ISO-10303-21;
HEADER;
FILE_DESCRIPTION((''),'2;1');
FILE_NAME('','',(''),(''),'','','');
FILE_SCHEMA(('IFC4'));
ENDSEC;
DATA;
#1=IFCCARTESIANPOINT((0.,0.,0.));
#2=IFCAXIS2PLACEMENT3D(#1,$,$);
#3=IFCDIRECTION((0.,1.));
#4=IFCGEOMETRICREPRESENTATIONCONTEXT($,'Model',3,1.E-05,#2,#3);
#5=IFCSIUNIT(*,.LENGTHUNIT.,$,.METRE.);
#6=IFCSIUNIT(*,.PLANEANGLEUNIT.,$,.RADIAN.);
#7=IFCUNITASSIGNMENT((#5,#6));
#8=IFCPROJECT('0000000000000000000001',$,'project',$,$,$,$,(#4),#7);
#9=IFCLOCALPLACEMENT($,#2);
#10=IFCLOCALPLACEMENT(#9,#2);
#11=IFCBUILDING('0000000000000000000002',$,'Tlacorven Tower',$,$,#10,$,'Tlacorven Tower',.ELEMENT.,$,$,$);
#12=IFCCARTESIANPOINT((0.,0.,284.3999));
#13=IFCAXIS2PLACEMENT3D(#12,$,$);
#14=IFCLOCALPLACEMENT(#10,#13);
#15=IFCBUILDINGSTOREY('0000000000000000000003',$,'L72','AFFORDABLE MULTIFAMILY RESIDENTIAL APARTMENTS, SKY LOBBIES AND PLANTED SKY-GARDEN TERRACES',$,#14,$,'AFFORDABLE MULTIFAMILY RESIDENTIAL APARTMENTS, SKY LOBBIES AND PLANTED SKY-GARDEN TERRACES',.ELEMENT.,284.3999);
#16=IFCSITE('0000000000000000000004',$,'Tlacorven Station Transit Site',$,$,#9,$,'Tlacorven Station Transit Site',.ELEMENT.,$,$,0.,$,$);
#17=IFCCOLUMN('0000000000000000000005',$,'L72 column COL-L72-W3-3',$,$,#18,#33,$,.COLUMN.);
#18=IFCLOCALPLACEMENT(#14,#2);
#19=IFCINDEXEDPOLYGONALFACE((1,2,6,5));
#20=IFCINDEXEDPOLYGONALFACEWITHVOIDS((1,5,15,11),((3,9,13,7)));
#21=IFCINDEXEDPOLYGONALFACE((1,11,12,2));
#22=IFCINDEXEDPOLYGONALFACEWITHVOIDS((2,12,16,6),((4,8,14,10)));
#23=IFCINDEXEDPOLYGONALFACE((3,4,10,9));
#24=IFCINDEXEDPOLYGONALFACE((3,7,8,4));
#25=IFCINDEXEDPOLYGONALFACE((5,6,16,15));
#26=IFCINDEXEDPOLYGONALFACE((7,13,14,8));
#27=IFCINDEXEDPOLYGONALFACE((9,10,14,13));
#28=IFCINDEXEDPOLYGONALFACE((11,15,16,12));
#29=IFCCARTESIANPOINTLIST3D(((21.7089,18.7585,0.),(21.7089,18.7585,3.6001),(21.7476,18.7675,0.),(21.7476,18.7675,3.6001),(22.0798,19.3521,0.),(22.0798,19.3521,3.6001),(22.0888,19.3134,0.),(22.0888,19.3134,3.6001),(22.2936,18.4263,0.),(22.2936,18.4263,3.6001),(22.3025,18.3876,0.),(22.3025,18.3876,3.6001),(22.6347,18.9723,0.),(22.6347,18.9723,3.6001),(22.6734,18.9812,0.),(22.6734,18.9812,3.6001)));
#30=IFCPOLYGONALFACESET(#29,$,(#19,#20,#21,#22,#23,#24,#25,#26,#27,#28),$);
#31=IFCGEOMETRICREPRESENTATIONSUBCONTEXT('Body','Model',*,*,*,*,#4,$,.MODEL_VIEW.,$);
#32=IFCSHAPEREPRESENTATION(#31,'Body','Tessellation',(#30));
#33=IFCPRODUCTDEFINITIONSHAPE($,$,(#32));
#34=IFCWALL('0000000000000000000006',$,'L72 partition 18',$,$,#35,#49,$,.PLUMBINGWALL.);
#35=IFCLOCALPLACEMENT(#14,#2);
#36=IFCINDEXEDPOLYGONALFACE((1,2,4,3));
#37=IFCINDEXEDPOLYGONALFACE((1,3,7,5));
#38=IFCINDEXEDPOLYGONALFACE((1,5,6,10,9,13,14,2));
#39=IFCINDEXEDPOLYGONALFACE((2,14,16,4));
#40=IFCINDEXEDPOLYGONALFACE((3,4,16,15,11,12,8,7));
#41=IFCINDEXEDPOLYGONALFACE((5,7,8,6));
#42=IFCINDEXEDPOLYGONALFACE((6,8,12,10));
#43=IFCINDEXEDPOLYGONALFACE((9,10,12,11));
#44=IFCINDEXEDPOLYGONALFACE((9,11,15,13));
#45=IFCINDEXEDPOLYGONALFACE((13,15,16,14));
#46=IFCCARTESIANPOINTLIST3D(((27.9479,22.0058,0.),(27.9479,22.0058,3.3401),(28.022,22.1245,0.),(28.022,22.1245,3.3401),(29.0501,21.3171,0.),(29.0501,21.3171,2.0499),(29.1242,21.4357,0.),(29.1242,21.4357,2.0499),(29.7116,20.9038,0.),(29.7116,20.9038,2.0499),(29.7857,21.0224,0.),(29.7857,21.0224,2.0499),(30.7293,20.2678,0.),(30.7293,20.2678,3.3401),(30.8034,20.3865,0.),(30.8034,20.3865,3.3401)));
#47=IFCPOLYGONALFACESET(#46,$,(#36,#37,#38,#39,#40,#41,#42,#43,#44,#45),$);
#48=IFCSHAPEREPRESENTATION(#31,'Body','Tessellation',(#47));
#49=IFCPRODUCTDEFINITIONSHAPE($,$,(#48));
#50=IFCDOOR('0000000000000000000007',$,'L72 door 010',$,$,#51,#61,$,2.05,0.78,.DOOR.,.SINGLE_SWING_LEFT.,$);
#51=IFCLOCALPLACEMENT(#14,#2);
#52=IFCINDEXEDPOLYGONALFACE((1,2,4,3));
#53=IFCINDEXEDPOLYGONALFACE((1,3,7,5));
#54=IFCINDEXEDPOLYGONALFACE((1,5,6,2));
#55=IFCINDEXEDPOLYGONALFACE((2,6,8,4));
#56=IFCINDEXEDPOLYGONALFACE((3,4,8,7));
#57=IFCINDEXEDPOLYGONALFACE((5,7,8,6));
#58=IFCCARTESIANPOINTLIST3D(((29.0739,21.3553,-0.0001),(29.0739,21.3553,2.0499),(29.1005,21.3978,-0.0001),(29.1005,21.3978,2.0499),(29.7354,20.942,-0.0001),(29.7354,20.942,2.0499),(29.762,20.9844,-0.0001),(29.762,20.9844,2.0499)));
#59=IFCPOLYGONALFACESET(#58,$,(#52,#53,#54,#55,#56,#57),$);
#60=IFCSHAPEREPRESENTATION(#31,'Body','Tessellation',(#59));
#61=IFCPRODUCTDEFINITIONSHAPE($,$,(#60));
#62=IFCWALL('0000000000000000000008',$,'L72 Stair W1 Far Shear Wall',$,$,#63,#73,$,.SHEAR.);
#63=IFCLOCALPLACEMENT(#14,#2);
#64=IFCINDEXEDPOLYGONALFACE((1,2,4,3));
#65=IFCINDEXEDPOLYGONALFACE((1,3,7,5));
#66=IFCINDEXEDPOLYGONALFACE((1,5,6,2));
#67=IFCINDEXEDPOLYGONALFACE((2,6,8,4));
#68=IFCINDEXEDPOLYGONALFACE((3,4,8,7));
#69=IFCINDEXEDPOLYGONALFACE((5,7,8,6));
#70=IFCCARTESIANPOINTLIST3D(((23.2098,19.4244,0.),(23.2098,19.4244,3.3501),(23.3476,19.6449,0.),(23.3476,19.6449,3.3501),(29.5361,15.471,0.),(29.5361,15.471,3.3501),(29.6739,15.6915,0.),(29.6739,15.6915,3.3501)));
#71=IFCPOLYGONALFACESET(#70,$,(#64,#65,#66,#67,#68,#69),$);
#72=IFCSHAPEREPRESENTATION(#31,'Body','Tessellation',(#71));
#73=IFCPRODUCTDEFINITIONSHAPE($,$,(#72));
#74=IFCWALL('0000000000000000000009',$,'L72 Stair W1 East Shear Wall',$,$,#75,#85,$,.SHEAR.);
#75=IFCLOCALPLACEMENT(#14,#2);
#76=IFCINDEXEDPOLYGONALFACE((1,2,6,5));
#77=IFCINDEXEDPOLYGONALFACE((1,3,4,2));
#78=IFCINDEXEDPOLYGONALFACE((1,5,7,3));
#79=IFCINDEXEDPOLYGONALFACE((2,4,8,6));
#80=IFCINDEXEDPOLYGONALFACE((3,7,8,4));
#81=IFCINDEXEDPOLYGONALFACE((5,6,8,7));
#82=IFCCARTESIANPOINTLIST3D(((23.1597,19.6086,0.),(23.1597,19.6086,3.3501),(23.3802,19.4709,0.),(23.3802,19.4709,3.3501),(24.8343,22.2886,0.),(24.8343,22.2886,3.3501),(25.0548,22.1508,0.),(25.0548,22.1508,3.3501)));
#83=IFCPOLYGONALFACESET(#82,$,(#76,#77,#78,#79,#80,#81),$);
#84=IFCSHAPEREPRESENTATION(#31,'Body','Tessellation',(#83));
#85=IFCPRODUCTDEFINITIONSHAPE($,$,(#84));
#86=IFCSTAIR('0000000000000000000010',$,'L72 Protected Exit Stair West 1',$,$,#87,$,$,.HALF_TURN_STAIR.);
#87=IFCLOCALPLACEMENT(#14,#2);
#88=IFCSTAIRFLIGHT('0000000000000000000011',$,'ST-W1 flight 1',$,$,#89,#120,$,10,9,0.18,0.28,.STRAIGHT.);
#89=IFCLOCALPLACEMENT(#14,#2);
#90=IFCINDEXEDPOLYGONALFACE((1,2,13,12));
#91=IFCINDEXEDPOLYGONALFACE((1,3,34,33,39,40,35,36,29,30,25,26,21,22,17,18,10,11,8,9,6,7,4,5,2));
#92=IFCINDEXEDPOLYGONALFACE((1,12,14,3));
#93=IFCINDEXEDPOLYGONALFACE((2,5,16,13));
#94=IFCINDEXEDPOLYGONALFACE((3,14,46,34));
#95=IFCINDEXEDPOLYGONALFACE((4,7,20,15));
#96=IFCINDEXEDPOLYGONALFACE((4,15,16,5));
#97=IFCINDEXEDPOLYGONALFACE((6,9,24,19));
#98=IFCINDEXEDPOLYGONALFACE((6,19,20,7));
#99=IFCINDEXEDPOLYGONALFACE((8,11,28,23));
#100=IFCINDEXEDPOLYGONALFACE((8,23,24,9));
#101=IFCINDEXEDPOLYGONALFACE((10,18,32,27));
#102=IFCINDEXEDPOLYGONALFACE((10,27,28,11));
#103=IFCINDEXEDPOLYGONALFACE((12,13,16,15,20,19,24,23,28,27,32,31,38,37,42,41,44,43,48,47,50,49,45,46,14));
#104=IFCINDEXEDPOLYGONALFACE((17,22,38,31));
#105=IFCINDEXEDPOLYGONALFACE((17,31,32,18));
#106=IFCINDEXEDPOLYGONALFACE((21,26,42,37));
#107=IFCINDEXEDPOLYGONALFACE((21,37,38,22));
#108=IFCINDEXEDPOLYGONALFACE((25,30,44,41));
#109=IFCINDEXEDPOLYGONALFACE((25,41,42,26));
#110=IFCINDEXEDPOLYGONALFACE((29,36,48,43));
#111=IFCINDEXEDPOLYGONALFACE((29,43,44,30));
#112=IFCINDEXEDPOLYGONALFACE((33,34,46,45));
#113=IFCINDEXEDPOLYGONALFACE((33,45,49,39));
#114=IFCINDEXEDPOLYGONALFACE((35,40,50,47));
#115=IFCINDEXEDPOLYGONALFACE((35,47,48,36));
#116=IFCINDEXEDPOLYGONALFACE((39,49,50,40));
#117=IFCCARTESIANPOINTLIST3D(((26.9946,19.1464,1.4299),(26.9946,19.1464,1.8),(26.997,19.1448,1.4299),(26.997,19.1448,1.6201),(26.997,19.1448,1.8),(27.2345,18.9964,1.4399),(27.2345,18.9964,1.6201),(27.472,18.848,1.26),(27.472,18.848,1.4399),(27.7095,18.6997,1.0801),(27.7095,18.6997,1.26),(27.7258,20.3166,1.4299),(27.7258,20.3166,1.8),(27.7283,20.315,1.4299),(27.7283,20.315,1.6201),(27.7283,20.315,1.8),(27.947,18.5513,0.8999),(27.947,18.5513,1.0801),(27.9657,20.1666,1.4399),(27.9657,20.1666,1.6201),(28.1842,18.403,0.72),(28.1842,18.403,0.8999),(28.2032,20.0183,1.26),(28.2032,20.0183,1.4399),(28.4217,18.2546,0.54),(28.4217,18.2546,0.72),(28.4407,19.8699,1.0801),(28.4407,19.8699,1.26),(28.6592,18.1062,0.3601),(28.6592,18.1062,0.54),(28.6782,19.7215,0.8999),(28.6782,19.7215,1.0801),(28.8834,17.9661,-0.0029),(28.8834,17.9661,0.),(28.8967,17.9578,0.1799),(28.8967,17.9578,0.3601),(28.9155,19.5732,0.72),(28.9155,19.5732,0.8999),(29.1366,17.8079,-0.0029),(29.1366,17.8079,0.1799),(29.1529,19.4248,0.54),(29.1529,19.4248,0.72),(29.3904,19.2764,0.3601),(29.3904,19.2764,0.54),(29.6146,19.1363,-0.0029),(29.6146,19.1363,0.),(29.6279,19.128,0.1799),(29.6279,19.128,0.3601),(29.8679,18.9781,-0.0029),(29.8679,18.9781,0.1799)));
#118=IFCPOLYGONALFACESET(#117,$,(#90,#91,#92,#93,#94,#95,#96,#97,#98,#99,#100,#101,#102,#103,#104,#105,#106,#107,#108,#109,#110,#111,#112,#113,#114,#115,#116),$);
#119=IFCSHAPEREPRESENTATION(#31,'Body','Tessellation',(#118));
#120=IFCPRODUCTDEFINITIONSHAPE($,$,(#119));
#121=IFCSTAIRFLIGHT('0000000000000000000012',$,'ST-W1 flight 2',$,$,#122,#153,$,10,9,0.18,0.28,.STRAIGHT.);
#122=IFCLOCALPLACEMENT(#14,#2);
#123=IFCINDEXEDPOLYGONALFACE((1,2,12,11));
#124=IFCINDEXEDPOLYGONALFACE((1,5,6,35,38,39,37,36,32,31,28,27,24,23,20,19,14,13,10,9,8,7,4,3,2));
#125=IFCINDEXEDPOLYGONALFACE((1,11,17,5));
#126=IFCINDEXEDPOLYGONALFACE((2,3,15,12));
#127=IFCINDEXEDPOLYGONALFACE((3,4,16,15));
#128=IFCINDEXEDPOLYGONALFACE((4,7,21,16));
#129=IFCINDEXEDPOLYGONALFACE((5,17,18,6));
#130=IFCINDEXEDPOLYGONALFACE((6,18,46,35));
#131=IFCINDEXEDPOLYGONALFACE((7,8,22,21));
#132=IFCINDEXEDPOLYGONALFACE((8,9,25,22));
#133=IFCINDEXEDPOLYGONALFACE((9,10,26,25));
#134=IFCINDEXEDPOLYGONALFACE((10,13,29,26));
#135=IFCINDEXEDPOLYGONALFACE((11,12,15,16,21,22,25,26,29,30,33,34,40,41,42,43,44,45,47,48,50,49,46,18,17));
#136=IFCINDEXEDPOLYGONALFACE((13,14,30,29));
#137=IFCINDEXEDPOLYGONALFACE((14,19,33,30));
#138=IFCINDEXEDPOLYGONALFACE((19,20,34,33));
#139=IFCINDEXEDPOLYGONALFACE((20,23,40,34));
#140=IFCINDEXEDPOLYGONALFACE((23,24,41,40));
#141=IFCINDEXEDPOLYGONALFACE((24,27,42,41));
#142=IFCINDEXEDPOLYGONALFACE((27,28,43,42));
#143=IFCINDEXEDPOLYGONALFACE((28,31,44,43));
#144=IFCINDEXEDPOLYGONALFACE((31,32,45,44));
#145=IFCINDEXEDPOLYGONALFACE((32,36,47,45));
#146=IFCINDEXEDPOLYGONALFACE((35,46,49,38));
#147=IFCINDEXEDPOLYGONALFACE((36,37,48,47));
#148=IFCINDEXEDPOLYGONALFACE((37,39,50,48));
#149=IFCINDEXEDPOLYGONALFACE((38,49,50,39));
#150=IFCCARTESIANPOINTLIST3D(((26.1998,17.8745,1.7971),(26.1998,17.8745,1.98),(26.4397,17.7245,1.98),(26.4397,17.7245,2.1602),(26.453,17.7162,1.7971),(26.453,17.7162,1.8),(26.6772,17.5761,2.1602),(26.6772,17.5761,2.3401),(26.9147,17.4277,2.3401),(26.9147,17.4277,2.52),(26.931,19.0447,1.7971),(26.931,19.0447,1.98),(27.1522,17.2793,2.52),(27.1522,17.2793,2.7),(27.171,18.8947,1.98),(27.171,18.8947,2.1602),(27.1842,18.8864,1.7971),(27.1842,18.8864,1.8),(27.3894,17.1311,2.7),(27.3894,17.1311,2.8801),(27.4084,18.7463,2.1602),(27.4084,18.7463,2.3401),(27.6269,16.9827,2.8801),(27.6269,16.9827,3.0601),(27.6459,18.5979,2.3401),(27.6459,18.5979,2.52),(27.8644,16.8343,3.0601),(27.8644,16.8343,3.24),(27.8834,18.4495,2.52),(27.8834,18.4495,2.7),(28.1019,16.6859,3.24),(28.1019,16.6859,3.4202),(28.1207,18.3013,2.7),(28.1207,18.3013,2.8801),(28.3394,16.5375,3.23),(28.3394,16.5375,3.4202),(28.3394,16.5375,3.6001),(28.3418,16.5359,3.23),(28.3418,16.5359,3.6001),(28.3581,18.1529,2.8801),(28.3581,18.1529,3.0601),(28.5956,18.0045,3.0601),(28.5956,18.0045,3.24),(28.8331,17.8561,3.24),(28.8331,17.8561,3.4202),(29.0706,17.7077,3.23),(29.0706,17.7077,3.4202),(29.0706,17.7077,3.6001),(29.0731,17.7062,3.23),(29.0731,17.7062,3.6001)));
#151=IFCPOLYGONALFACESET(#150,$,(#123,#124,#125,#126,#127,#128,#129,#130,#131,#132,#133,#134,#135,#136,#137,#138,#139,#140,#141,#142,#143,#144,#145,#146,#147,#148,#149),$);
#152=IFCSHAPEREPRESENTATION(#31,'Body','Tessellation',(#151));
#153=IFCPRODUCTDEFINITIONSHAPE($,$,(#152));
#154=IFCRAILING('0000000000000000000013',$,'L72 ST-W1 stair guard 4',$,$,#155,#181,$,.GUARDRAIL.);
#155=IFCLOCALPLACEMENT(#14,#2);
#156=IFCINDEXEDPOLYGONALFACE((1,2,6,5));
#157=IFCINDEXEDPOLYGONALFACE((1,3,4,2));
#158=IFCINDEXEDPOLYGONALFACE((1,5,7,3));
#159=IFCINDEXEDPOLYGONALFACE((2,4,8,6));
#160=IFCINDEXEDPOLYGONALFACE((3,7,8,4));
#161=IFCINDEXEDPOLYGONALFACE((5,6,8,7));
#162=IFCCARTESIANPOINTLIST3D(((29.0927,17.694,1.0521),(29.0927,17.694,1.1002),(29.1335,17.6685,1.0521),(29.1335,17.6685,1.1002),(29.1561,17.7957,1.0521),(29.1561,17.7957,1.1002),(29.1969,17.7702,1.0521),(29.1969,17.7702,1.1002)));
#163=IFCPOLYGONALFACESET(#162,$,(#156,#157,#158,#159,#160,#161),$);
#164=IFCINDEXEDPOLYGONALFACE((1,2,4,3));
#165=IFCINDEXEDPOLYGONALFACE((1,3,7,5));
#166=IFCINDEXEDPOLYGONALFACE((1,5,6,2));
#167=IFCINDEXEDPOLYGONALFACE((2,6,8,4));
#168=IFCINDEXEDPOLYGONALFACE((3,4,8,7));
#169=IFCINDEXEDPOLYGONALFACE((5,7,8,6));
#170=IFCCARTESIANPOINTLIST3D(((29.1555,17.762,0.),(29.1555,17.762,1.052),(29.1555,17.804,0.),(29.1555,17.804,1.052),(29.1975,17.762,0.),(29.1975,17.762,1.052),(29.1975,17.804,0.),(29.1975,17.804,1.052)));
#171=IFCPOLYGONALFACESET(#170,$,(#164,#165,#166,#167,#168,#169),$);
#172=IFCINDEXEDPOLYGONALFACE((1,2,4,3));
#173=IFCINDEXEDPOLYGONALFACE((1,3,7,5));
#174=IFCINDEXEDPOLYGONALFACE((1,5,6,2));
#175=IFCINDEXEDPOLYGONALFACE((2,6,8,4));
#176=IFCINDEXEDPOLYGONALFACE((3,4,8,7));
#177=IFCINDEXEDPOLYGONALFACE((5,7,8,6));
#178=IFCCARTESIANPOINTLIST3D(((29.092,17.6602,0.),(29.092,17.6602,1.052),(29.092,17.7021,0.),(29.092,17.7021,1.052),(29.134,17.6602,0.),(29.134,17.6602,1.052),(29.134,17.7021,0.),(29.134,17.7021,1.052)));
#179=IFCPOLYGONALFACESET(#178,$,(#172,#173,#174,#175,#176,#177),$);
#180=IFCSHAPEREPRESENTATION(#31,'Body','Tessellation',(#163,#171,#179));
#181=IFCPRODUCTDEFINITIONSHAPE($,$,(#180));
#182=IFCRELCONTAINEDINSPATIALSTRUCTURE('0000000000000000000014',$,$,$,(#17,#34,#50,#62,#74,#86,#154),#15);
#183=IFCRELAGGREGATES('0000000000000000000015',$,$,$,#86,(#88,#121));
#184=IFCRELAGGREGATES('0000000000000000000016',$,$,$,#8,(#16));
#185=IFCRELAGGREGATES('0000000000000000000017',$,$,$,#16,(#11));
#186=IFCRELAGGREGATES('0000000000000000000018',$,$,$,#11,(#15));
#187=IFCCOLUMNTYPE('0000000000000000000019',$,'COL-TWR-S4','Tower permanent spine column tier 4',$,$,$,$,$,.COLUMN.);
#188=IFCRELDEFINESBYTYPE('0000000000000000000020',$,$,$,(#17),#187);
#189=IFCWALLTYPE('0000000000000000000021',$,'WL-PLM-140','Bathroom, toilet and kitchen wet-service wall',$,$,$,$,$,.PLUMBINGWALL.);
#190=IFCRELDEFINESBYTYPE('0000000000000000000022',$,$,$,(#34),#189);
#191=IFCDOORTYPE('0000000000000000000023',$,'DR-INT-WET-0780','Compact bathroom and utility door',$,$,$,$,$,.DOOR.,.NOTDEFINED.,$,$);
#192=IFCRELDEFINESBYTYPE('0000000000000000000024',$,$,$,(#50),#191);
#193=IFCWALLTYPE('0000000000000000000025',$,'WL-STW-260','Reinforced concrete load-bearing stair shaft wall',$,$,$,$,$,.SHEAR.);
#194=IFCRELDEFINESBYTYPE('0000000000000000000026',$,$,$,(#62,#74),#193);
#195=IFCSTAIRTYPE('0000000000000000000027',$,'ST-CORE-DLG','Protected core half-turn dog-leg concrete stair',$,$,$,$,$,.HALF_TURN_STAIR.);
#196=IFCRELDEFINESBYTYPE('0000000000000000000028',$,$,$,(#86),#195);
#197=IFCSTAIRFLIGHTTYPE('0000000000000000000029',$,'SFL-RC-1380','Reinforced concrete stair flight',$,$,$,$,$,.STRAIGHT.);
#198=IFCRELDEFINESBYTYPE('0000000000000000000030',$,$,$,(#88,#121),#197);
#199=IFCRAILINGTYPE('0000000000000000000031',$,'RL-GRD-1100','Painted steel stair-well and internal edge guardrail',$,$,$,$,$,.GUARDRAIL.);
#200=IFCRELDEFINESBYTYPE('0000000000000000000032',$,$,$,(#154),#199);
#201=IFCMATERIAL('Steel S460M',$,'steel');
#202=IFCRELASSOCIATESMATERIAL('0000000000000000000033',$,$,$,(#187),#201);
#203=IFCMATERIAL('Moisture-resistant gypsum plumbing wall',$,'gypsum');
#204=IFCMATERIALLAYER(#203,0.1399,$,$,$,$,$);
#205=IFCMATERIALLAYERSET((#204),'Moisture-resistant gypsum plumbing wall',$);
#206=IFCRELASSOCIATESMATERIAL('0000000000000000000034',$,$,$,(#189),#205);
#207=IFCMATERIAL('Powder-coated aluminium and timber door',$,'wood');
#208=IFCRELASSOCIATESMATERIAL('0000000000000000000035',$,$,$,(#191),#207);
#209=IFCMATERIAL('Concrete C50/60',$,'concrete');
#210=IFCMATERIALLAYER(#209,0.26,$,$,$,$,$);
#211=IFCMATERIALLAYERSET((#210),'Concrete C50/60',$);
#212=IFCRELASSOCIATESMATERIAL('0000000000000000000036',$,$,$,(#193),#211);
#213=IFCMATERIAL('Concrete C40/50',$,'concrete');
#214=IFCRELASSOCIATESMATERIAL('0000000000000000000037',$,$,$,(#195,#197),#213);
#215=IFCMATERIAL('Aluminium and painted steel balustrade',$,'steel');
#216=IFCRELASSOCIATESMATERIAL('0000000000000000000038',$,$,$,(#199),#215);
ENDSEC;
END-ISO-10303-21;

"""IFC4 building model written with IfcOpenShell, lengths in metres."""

from ifc_helpers import new_model, si_unit, direction, frame, frame_2d, origin, origin_2d, place, context, subcontext, project, spatial, polyline, rectangle, hollow_rectangle, outline, extrude, source, transform, mapped, material, layer, layer_set, material_profile, profile_set, type_object, element, fill, aggregate, save


model = new_model("IFC4")

# Units and contexts
model_context = context("Model", 3, precision=1e-05, world=origin(), true_north=direction((0.0, 1.0)))
body_context = subcontext(model_context, "Body", "Model", "MODEL_VIEW")
ifc_project = project(units=[si_unit("LENGTHUNIT", "METRE"), si_unit("PLANEANGLEUNIT", "RADIAN")], contexts=[model_context])

# Site, building, storey
site_placement = place(None, origin())
site = spatial("IfcSite", under=ifc_project, at=site_placement, Name="Tlacorven Station Transit Site", LongName="Tlacorven Station Transit Site", CompositionType="ELEMENT", RefElevation=0.0)
building_placement = place(site_placement, origin())
building = spatial("IfcBuilding", under=site, at=building_placement, Name="Tlacorven Tower", LongName="Tlacorven Tower", CompositionType="ELEMENT")
storey_placement = place(building_placement, frame((0.0, 0.0, 284.3999)))
storey = spatial("IfcBuildingStorey", under=building, at=storey_placement, Name="L72", Description="AFFORDABLE MULTIFAMILY RESIDENTIAL APARTMENTS, SKY LOBBIES AND PLANTED SKY-GARDEN TERRACES", LongName="AFFORDABLE MULTIFAMILY RESIDENTIAL APARTMENTS, SKY LOBBIES AND PLANTED SKY-GARDEN TERRACES", CompositionType="ELEMENT", Elevation=284.3999)

# Column
ifc_material_1 = material(Name="Steel S460M", Category="steel")
ifc_material_profile = material_profile(ifc_material_1, hollow_rectangle(XDim=0.7, YDim=0.7, WallThickness=0.0281, at=origin_2d()), Name="BOX 700X700X28")
ifc_profile_set = profile_set([ifc_material_profile], Name="Steel S460M")
column_type = type_object("IfcColumnType", Name="COL-TWR-S4", Description="Tower permanent spine column tier 4", PredefinedType="COLUMN", material=ifc_profile_set)
shared_shape_1 = source(origin(), body_context, "Body", "SweptSolid", [
    extrude(hollow_rectangle(XDim=0.7, YDim=0.7, WallThickness=0.0281, at=origin_2d()), origin(), (0.0, 0.0, 1.0), 3.6001),
])
column_placement = place(storey_placement, frame((22.1912, 18.8699, 0.0), z_axis=(0.0, 0.0, 1.0), x_axis=(-0.848048, 0.529919, 0.0)))
element("IfcColumn", 1, at=column_placement, inside=storey, type_object=column_type, Name="L72 column COL-L72-W3-3", PredefinedType="COLUMN", context=body_context, shape_type="MappedRepresentation", body=[
    mapped(shared_shape_1, transform((0.0, 0.0, 0.0), scale=1.0)),
])

# Wall, opening, door
ifc_material_2 = material(Name="Moisture-resistant gypsum plumbing wall", Category="gypsum")
ifc_layer_1 = layer(ifc_material_2, 0.1399)
ifc_layer_set_1 = layer_set([ifc_layer_1], Name="Moisture-resistant gypsum plumbing wall")
wall_type_1 = type_object("IfcWallType", Name="WL-PLM-140", Description="Bathroom, toilet and kitchen wet-service wall", PredefinedType="PLUMBINGWALL", material=ifc_layer_set_1)
wall_1_placement = place(storey_placement, frame((30.7664, 20.3271, 0.0), z_axis=(0.0, 0.0, 1.0), x_axis=(-0.848053, 0.529912, 0.0)))
wall_1 = element("IfcWall", 2, at=wall_1_placement, inside=storey, type_object=wall_type_1, Name="L72 partition 18", PredefinedType="PLUMBINGWALL", context=body_context, shape_type="SweptSolid", body=[
    extrude(rectangle(XDim=3.2798, YDim=0.1399, at=frame_2d((1.6399, 0.0))), origin(), (0.0, 0.0, 1.0), 3.3401),
])
opening_placement = place(wall_1_placement, frame((1.2, 0.0, 0.0)))
opening = element("IfcOpeningElement", 3, at=opening_placement, cuts=wall_1, PredefinedType="OPENING", context=body_context, shape_type="SweptSolid", body=[
    extrude(rectangle(XDim=0.78, YDim=2.05, at=frame_2d((0.3901, 1.0249))), frame((0.0, 0.0801, 0.0), z_axis=(0.0, -1.0, 0.0), x_axis=(1.0, 0.0, 0.0)), (0.0, 0.0, 1.0), 0.1599),
])
ifc_material_3 = material(Name="Powder-coated aluminium and timber door", Category="wood")
door_type = type_object("IfcDoorType", Name="DR-INT-WET-0780", Description="Compact bathroom and utility door", OperationType="NOTDEFINED", PredefinedType="DOOR", material=ifc_material_3)
shared_shape_2 = source(origin(), body_context, "Body", "SweptSolid", [
    extrude(rectangle(XDim=0.78, YDim=2.05, at=frame_2d((0.3901, 1.0249))), frame((0.0, 0.0249, 0.0), z_axis=(0.0, -1.0, 0.0), x_axis=(1.0, 0.0, 0.0)), (0.0, 0.0, 1.0), 0.05),
])
door_placement = place(opening_placement, origin())
door = element("IfcDoor", 4, at=door_placement, inside=storey, type_object=door_type, Name="L72 door 010", OperationType="SINGLE_SWING_LEFT", OverallHeight=2.05, OverallWidth=0.78, PredefinedType="DOOR", context=body_context, shape_type="MappedRepresentation", body=[
    mapped(shared_shape_2, transform((0.0, 0.0, 0.0), scale=1.0)),
])
fill(opening, door)

# Walls
ifc_material_4 = material(Name="Concrete C50/60", Category="concrete")
ifc_layer_2 = layer(ifc_material_4, 0.26)
ifc_layer_set_2 = layer_set([ifc_layer_2], Name="Concrete C50/60")
wall_type_2 = type_object("IfcWallType", Name="WL-STW-260", Description="Reinforced concrete load-bearing stair shaft wall", PredefinedType="SHEAR", material=ifc_layer_set_2)
wall_2_placement = place(storey_placement, frame((29.605, 15.5813, 0.0), z_axis=(0.0, 0.0, 1.0), x_axis=(-0.848037, 0.529937, 0.0)))
element("IfcWall", 5, at=wall_2_placement, inside=storey, type_object=wall_type_2, Name="L72 Stair W1 Far Shear Wall", PredefinedType="SHEAR", context=body_context, shape_type="SweptSolid", body=[
    extrude(rectangle(XDim=7.46, YDim=0.26, at=frame_2d((3.73, 0.0))), origin(), (0.0, 0.0, 1.0), 3.3501),
])
wall_3_placement = place(storey_placement, frame((24.9446, 22.2197, 0.0), z_axis=(0.0, 0.0, 1.0), x_axis=(-0.529909, -0.848055, 0.0)))
element("IfcWall", 6, at=wall_3_placement, inside=storey, type_object=wall_type_2, Name="L72 Stair W1 East Shear Wall", PredefinedType="SHEAR", context=body_context, shape_type="SweptSolid", body=[
    extrude(rectangle(XDim=3.1602, YDim=0.26, at=frame_2d((1.5801, 0.0))), origin(), (0.0, 0.0, 1.0), 3.3501),
])

# Stair, stair flights
ifc_material_5 = material(Name="Concrete C40/50", Category="concrete")
stair_type = type_object("IfcStairType", Name="ST-CORE-DLG", Description="Protected core half-turn dog-leg concrete stair", PredefinedType="HALF_TURN_STAIR", material=ifc_material_5)
stair_placement = place(storey_placement, origin())
stair = element("IfcStair", 7, at=stair_placement, inside=storey, type_object=stair_type, Name="L72 Protected Exit Stair West 1", PredefinedType="HALF_TURN_STAIR")
stair_flight_type = type_object("IfcStairFlightType", Name="SFL-RC-1380", Description="Reinforced concrete stair flight", PredefinedType="STRAIGHT", material=ifc_material_5)
shared_shape_3 = source(origin(), body_context, "Body", "SweptSolid", [
    extrude(outline(polyline([(-0.0029, -0.0029), (-0.0029, 0.1799), (0.28, 0.1799), (0.28, 0.3601), (0.5601, 0.3601), (0.5601, 0.54), (0.8401, 0.54), (0.8401, 0.72), (1.1201, 0.72), (1.1201, 0.8999), (1.3999, 0.8999), (1.3999, 1.0801), (1.6799, 1.0801), (1.6799, 1.26), (1.96, 1.26), (1.96, 1.4399), (2.24, 1.4399), (2.24, 1.6201), (2.52, 1.6201), (2.52, 1.8), (2.5229, 1.8), (2.5229, 1.4299), (2.52, 1.4299), (0.2957, 0.0), (0.2957, -0.0029), (-0.0029, -0.0029)])), frame((0.0, 0.6899, 0.0), z_axis=(0.0, -1.0, 0.0), x_axis=(1.0, 0.0, 0.0)), (0.0, 0.0, 1.0), 1.3799),
])
stair_flight_1_placement = place(storey_placement, frame((29.4998, 18.3945, 0.0), z_axis=(0.0, 0.0, 1.0), x_axis=(-0.848048, 0.529919, 0.0)))
stair_flight_1 = element("IfcStairFlight", 8, at=stair_flight_1_placement, type_object=stair_flight_type, Name="ST-W1 flight 1", NumberOfRisers=10, NumberOfTreads=9, PredefinedType="STRAIGHT", RiserHeight=0.18, TreadLength=0.28, context=body_context, shape_type="MappedRepresentation", body=[
    mapped(shared_shape_3, transform((0.0, 0.0, 0.0), scale=1.0)),
])
stair_flight_2_placement = place(storey_placement, frame((26.5679, 18.458, 1.8), z_axis=(0.0, 0.0, 1.0), x_axis=(0.848048, -0.529919, 0.0)))
stair_flight_2 = element("IfcStairFlight", 9, at=stair_flight_2_placement, type_object=stair_flight_type, Name="ST-W1 flight 2", NumberOfRisers=10, NumberOfTreads=9, PredefinedType="STRAIGHT", RiserHeight=0.18, TreadLength=0.28, context=body_context, shape_type="MappedRepresentation", body=[
    mapped(shared_shape_3, transform((0.0, 0.0, 0.0), scale=1.0)),
])
aggregate(stair, [stair_flight_1, stair_flight_2])

# Railing
ifc_material_6 = material(Name="Aluminium and painted steel balustrade", Category="steel")
railing_type_1 = type_object("IfcRailingType", Name="RL-GRD-1100", Description="Painted steel stair-well and internal edge guardrail", PredefinedType="GUARDRAIL", material=ifc_material_6)
shared_shape_4 = source(origin(), body_context, "Body", "SweptSolid", [
    extrude(rectangle(XDim=0.0481, YDim=0.0481, at=origin_2d()), frame((0.0, 0.0, 1.0762), z_axis=(-0.529084, -0.848569, 0.0), x_axis=(0.848569, -0.529084, 0.0)), (0.0, 0.0, 1.0), 0.1199),
    extrude(rectangle(XDim=0.042, YDim=0.042, at=origin_2d()), origin(), (0.0, 0.0, 1.0), 1.052),
    extrude(rectangle(XDim=0.042, YDim=0.042, at=origin_2d()), frame((-0.0635, -0.1018, 0.0)), (0.0, 0.0, 1.0), 1.052),
])
railing_1_placement = place(storey_placement, frame((29.1765, 17.783, 0.0)))
element("IfcRailing", 10, at=railing_1_placement, inside=storey, type_object=railing_type_1, Name="L72 ST-W1 stair guard 4", PredefinedType="GUARDRAIL", context=body_context, shape_type="MappedRepresentation", body=[
    mapped(shared_shape_4, transform((0.0, 0.0, 0.0), scale=1.0)),
])

save(model, "model.ifc")
